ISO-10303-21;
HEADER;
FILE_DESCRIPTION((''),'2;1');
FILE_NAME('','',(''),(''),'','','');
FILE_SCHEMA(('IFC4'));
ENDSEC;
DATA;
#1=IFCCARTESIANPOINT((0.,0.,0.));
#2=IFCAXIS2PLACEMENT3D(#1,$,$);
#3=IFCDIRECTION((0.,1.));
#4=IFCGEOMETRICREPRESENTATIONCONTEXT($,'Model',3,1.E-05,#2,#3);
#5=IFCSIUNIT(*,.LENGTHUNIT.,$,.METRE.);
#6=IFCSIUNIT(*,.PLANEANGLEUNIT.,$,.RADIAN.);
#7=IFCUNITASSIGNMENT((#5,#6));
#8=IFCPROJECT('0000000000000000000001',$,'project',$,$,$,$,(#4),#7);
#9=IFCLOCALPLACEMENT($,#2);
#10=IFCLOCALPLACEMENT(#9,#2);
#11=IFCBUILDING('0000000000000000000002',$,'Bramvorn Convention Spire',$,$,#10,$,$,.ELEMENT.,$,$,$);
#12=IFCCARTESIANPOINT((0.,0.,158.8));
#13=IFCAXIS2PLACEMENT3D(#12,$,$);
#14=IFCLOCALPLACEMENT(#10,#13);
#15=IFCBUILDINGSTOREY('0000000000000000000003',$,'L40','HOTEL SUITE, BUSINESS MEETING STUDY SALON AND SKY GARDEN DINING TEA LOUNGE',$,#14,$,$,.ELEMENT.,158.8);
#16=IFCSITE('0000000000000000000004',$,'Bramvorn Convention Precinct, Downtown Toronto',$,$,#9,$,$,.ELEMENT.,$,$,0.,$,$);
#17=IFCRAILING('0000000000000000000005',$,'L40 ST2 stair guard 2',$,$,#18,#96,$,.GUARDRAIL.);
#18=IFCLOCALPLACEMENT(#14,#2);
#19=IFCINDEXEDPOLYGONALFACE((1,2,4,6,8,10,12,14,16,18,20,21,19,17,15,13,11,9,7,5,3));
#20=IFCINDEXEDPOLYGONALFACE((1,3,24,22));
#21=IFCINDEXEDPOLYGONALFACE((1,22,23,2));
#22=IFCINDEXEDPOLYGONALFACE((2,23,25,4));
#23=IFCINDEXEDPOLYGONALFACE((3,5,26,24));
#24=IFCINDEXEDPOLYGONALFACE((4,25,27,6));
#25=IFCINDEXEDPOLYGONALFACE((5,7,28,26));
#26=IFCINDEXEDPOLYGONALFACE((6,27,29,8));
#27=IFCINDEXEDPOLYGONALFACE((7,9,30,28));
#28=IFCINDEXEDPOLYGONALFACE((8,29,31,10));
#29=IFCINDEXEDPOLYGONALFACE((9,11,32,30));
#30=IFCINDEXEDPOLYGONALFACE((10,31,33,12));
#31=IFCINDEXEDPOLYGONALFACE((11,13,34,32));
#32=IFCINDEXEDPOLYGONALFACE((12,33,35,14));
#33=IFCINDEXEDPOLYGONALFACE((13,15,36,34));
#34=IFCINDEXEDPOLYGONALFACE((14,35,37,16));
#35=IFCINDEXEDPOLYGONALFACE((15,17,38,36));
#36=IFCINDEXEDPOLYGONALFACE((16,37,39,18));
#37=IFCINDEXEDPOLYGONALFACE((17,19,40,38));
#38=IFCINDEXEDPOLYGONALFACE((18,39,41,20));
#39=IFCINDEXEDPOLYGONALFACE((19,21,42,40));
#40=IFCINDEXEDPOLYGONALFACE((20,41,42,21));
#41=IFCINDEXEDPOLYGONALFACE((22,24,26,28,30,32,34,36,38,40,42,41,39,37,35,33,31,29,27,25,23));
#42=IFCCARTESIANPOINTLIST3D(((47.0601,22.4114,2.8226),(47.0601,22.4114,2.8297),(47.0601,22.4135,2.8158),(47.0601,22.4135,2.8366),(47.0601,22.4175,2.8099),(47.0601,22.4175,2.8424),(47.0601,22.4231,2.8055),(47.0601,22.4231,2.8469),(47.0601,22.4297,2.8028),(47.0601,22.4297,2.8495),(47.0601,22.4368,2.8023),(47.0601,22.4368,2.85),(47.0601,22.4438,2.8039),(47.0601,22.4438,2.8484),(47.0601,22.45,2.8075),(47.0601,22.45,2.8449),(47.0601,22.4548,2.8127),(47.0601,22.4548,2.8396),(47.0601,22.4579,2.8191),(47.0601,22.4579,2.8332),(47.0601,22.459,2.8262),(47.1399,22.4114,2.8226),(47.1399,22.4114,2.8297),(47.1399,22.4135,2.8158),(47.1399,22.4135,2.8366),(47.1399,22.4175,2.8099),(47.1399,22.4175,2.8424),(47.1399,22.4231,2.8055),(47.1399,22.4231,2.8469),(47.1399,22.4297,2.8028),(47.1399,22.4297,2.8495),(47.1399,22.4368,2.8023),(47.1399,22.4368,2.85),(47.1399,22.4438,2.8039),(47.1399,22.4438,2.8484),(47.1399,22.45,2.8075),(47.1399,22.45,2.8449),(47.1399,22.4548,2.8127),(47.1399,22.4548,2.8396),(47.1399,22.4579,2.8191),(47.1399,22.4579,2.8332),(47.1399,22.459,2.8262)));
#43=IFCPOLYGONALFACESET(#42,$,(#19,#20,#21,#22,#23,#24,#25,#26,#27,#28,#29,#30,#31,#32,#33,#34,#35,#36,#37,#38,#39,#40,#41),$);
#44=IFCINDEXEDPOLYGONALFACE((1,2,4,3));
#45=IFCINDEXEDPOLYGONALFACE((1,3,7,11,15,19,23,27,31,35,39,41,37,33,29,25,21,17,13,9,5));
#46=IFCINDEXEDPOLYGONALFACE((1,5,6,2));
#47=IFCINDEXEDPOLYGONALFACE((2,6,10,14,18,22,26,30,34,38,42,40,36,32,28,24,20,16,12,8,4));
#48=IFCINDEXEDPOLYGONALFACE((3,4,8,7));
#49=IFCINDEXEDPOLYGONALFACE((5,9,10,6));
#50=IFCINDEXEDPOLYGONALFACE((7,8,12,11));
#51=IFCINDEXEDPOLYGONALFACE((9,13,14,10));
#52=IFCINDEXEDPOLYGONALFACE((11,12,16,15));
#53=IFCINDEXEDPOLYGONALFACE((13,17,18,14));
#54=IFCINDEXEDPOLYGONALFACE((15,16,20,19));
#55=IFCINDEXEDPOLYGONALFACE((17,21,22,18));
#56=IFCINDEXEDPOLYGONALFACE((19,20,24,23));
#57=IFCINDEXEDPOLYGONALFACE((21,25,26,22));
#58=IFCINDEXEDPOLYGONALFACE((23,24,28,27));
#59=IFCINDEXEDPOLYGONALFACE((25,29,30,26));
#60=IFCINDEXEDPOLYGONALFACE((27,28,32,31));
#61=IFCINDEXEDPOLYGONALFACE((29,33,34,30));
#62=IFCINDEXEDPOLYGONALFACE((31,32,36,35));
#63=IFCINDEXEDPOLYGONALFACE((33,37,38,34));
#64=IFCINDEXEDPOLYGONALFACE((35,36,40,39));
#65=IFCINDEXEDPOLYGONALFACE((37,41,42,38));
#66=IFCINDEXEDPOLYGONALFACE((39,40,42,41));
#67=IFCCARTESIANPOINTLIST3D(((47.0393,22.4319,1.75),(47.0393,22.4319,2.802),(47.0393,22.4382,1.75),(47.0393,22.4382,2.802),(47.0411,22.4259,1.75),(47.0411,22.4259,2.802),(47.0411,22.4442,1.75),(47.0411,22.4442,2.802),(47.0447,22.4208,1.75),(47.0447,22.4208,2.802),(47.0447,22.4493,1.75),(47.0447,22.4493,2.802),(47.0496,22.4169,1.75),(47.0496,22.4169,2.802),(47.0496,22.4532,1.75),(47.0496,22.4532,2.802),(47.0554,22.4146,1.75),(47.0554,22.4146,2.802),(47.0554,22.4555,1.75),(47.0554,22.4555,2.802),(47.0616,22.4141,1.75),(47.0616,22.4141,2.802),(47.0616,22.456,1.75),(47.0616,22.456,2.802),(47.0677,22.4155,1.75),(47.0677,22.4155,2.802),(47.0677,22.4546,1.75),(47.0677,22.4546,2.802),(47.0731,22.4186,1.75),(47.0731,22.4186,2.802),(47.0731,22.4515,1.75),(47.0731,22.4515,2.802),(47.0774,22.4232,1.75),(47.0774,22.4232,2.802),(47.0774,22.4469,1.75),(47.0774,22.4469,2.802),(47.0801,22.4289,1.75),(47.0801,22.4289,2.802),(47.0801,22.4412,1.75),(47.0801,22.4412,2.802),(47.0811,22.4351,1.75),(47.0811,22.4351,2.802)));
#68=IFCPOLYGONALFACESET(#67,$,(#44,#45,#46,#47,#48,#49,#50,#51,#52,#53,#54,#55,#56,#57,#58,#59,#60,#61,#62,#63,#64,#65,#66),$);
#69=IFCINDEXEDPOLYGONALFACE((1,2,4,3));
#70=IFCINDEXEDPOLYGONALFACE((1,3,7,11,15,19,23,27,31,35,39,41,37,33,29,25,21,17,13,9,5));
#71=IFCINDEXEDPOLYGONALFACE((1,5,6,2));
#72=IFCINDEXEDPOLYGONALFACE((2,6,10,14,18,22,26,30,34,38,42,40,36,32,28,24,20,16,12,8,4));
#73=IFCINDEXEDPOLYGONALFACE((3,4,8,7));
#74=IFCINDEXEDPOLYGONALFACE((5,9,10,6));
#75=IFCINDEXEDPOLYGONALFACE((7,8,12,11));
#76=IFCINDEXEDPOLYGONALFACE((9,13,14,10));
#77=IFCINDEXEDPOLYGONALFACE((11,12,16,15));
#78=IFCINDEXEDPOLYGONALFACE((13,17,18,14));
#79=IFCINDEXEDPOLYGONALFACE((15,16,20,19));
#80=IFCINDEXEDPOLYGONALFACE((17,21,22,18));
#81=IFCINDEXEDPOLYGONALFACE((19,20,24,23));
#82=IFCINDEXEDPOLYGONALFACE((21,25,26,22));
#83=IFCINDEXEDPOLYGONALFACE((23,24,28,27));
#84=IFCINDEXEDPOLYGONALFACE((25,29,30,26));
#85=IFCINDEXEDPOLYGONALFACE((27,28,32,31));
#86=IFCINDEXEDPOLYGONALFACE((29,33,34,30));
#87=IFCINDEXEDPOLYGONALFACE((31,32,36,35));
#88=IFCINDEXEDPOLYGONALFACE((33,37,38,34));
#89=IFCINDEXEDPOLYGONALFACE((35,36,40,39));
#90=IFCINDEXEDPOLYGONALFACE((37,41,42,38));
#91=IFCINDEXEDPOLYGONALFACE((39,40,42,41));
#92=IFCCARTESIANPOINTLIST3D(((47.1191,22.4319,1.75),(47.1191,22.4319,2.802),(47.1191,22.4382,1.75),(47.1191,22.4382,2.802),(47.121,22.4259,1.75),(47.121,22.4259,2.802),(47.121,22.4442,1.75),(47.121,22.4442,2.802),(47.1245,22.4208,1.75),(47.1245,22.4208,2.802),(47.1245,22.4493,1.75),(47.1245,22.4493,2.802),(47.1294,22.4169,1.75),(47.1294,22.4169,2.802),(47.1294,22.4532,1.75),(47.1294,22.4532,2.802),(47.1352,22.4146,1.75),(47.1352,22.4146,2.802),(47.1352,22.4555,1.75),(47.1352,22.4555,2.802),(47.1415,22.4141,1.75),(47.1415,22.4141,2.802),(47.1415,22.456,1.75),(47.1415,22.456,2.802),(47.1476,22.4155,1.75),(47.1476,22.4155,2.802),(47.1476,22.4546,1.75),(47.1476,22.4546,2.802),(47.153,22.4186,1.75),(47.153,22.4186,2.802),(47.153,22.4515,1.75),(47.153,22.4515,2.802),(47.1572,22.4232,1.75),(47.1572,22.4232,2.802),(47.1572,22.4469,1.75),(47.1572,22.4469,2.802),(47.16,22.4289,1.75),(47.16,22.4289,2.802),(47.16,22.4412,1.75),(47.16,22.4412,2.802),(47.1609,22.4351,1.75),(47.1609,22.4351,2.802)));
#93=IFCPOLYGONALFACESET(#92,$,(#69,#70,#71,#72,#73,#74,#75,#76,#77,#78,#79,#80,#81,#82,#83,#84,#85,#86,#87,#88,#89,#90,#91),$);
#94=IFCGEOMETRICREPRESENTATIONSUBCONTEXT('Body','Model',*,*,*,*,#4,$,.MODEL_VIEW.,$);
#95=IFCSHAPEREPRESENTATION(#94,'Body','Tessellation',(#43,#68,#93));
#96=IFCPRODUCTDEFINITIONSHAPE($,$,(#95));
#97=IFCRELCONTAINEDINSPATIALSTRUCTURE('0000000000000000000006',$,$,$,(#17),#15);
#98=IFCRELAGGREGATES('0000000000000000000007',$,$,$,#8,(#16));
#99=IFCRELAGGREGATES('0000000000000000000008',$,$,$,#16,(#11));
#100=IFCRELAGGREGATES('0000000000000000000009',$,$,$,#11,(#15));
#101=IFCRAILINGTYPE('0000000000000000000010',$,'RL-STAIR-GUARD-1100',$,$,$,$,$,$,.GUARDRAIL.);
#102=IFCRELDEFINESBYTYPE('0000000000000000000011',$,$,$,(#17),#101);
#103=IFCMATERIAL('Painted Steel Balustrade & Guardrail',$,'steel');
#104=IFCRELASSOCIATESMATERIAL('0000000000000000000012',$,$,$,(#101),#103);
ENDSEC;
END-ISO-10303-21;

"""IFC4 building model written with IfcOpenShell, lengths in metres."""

from ifc_helpers import new_model, si_unit, direction, frame, origin, origin_2d, place, context, subcontext, project, spatial, circle, extrude, material, type_object, element, save


model = new_model("IFC4")

# Units and contexts
model_context = context("Model", 3, precision=1e-05, world=origin(), true_north=direction((0.0, 1.0)))
body_context = subcontext(model_context, "Body", "Model", "MODEL_VIEW")
ifc_project = project(units=[si_unit("LENGTHUNIT", "METRE"), si_unit("PLANEANGLEUNIT", "RADIAN")], contexts=[model_context])

# Site, building, storey
site_placement = place(None, origin())
site = spatial("IfcSite", under=ifc_project, at=site_placement, Name="Bramvorn Convention Precinct, Downtown Toronto", CompositionType="ELEMENT", RefElevation=0.0)
building_placement = place(site_placement, origin())
building = spatial("IfcBuilding", under=site, at=building_placement, Name="Bramvorn Convention Spire", CompositionType="ELEMENT")
storey_placement = place(building_placement, frame((0.0, 0.0, 158.8)))
storey = spatial("IfcBuildingStorey", under=building, at=storey_placement, Name="L40", Description="HOTEL SUITE, BUSINESS MEETING STUDY SALON AND SKY GARDEN DINING TEA LOUNGE", CompositionType="ELEMENT", Elevation=158.8)

# Railing
ifc_material_1 = material(Name="Painted Steel Balustrade & Guardrail", Category="steel")
railing_type_1 = type_object("IfcRailingType", Name="RL-STAIR-GUARD-1100", PredefinedType="GUARDRAIL", material=ifc_material_1)
railing_1_placement = place(storey_placement, frame((47.0601, 22.4351, 1.75)))
element("IfcRailing", 1, at=railing_1_placement, inside=storey, type_object=railing_type_1, Name="L40 ST2 stair guard 2", PredefinedType="GUARDRAIL", context=body_context, shape_type="SweptSolid", body=[
    extrude(circle(Radius=0.0239, at=origin_2d()), frame((0.0, 0.0, 1.0762), z_axis=(1.0, 0.0, 0.0), x_axis=(0.0, 1.0, 0.0)), (0.0, 0.0, 1.0), 0.0798),
    extrude(circle(Radius=0.021, at=origin_2d()), origin(), (0.0, 0.0, 1.0), 1.052),
    extrude(circle(Radius=0.021, at=origin_2d()), frame((0.0798, 0.0, 0.0)), (0.0, 0.0, 1.0), 1.052),
])

save(model, "model.ifc")
